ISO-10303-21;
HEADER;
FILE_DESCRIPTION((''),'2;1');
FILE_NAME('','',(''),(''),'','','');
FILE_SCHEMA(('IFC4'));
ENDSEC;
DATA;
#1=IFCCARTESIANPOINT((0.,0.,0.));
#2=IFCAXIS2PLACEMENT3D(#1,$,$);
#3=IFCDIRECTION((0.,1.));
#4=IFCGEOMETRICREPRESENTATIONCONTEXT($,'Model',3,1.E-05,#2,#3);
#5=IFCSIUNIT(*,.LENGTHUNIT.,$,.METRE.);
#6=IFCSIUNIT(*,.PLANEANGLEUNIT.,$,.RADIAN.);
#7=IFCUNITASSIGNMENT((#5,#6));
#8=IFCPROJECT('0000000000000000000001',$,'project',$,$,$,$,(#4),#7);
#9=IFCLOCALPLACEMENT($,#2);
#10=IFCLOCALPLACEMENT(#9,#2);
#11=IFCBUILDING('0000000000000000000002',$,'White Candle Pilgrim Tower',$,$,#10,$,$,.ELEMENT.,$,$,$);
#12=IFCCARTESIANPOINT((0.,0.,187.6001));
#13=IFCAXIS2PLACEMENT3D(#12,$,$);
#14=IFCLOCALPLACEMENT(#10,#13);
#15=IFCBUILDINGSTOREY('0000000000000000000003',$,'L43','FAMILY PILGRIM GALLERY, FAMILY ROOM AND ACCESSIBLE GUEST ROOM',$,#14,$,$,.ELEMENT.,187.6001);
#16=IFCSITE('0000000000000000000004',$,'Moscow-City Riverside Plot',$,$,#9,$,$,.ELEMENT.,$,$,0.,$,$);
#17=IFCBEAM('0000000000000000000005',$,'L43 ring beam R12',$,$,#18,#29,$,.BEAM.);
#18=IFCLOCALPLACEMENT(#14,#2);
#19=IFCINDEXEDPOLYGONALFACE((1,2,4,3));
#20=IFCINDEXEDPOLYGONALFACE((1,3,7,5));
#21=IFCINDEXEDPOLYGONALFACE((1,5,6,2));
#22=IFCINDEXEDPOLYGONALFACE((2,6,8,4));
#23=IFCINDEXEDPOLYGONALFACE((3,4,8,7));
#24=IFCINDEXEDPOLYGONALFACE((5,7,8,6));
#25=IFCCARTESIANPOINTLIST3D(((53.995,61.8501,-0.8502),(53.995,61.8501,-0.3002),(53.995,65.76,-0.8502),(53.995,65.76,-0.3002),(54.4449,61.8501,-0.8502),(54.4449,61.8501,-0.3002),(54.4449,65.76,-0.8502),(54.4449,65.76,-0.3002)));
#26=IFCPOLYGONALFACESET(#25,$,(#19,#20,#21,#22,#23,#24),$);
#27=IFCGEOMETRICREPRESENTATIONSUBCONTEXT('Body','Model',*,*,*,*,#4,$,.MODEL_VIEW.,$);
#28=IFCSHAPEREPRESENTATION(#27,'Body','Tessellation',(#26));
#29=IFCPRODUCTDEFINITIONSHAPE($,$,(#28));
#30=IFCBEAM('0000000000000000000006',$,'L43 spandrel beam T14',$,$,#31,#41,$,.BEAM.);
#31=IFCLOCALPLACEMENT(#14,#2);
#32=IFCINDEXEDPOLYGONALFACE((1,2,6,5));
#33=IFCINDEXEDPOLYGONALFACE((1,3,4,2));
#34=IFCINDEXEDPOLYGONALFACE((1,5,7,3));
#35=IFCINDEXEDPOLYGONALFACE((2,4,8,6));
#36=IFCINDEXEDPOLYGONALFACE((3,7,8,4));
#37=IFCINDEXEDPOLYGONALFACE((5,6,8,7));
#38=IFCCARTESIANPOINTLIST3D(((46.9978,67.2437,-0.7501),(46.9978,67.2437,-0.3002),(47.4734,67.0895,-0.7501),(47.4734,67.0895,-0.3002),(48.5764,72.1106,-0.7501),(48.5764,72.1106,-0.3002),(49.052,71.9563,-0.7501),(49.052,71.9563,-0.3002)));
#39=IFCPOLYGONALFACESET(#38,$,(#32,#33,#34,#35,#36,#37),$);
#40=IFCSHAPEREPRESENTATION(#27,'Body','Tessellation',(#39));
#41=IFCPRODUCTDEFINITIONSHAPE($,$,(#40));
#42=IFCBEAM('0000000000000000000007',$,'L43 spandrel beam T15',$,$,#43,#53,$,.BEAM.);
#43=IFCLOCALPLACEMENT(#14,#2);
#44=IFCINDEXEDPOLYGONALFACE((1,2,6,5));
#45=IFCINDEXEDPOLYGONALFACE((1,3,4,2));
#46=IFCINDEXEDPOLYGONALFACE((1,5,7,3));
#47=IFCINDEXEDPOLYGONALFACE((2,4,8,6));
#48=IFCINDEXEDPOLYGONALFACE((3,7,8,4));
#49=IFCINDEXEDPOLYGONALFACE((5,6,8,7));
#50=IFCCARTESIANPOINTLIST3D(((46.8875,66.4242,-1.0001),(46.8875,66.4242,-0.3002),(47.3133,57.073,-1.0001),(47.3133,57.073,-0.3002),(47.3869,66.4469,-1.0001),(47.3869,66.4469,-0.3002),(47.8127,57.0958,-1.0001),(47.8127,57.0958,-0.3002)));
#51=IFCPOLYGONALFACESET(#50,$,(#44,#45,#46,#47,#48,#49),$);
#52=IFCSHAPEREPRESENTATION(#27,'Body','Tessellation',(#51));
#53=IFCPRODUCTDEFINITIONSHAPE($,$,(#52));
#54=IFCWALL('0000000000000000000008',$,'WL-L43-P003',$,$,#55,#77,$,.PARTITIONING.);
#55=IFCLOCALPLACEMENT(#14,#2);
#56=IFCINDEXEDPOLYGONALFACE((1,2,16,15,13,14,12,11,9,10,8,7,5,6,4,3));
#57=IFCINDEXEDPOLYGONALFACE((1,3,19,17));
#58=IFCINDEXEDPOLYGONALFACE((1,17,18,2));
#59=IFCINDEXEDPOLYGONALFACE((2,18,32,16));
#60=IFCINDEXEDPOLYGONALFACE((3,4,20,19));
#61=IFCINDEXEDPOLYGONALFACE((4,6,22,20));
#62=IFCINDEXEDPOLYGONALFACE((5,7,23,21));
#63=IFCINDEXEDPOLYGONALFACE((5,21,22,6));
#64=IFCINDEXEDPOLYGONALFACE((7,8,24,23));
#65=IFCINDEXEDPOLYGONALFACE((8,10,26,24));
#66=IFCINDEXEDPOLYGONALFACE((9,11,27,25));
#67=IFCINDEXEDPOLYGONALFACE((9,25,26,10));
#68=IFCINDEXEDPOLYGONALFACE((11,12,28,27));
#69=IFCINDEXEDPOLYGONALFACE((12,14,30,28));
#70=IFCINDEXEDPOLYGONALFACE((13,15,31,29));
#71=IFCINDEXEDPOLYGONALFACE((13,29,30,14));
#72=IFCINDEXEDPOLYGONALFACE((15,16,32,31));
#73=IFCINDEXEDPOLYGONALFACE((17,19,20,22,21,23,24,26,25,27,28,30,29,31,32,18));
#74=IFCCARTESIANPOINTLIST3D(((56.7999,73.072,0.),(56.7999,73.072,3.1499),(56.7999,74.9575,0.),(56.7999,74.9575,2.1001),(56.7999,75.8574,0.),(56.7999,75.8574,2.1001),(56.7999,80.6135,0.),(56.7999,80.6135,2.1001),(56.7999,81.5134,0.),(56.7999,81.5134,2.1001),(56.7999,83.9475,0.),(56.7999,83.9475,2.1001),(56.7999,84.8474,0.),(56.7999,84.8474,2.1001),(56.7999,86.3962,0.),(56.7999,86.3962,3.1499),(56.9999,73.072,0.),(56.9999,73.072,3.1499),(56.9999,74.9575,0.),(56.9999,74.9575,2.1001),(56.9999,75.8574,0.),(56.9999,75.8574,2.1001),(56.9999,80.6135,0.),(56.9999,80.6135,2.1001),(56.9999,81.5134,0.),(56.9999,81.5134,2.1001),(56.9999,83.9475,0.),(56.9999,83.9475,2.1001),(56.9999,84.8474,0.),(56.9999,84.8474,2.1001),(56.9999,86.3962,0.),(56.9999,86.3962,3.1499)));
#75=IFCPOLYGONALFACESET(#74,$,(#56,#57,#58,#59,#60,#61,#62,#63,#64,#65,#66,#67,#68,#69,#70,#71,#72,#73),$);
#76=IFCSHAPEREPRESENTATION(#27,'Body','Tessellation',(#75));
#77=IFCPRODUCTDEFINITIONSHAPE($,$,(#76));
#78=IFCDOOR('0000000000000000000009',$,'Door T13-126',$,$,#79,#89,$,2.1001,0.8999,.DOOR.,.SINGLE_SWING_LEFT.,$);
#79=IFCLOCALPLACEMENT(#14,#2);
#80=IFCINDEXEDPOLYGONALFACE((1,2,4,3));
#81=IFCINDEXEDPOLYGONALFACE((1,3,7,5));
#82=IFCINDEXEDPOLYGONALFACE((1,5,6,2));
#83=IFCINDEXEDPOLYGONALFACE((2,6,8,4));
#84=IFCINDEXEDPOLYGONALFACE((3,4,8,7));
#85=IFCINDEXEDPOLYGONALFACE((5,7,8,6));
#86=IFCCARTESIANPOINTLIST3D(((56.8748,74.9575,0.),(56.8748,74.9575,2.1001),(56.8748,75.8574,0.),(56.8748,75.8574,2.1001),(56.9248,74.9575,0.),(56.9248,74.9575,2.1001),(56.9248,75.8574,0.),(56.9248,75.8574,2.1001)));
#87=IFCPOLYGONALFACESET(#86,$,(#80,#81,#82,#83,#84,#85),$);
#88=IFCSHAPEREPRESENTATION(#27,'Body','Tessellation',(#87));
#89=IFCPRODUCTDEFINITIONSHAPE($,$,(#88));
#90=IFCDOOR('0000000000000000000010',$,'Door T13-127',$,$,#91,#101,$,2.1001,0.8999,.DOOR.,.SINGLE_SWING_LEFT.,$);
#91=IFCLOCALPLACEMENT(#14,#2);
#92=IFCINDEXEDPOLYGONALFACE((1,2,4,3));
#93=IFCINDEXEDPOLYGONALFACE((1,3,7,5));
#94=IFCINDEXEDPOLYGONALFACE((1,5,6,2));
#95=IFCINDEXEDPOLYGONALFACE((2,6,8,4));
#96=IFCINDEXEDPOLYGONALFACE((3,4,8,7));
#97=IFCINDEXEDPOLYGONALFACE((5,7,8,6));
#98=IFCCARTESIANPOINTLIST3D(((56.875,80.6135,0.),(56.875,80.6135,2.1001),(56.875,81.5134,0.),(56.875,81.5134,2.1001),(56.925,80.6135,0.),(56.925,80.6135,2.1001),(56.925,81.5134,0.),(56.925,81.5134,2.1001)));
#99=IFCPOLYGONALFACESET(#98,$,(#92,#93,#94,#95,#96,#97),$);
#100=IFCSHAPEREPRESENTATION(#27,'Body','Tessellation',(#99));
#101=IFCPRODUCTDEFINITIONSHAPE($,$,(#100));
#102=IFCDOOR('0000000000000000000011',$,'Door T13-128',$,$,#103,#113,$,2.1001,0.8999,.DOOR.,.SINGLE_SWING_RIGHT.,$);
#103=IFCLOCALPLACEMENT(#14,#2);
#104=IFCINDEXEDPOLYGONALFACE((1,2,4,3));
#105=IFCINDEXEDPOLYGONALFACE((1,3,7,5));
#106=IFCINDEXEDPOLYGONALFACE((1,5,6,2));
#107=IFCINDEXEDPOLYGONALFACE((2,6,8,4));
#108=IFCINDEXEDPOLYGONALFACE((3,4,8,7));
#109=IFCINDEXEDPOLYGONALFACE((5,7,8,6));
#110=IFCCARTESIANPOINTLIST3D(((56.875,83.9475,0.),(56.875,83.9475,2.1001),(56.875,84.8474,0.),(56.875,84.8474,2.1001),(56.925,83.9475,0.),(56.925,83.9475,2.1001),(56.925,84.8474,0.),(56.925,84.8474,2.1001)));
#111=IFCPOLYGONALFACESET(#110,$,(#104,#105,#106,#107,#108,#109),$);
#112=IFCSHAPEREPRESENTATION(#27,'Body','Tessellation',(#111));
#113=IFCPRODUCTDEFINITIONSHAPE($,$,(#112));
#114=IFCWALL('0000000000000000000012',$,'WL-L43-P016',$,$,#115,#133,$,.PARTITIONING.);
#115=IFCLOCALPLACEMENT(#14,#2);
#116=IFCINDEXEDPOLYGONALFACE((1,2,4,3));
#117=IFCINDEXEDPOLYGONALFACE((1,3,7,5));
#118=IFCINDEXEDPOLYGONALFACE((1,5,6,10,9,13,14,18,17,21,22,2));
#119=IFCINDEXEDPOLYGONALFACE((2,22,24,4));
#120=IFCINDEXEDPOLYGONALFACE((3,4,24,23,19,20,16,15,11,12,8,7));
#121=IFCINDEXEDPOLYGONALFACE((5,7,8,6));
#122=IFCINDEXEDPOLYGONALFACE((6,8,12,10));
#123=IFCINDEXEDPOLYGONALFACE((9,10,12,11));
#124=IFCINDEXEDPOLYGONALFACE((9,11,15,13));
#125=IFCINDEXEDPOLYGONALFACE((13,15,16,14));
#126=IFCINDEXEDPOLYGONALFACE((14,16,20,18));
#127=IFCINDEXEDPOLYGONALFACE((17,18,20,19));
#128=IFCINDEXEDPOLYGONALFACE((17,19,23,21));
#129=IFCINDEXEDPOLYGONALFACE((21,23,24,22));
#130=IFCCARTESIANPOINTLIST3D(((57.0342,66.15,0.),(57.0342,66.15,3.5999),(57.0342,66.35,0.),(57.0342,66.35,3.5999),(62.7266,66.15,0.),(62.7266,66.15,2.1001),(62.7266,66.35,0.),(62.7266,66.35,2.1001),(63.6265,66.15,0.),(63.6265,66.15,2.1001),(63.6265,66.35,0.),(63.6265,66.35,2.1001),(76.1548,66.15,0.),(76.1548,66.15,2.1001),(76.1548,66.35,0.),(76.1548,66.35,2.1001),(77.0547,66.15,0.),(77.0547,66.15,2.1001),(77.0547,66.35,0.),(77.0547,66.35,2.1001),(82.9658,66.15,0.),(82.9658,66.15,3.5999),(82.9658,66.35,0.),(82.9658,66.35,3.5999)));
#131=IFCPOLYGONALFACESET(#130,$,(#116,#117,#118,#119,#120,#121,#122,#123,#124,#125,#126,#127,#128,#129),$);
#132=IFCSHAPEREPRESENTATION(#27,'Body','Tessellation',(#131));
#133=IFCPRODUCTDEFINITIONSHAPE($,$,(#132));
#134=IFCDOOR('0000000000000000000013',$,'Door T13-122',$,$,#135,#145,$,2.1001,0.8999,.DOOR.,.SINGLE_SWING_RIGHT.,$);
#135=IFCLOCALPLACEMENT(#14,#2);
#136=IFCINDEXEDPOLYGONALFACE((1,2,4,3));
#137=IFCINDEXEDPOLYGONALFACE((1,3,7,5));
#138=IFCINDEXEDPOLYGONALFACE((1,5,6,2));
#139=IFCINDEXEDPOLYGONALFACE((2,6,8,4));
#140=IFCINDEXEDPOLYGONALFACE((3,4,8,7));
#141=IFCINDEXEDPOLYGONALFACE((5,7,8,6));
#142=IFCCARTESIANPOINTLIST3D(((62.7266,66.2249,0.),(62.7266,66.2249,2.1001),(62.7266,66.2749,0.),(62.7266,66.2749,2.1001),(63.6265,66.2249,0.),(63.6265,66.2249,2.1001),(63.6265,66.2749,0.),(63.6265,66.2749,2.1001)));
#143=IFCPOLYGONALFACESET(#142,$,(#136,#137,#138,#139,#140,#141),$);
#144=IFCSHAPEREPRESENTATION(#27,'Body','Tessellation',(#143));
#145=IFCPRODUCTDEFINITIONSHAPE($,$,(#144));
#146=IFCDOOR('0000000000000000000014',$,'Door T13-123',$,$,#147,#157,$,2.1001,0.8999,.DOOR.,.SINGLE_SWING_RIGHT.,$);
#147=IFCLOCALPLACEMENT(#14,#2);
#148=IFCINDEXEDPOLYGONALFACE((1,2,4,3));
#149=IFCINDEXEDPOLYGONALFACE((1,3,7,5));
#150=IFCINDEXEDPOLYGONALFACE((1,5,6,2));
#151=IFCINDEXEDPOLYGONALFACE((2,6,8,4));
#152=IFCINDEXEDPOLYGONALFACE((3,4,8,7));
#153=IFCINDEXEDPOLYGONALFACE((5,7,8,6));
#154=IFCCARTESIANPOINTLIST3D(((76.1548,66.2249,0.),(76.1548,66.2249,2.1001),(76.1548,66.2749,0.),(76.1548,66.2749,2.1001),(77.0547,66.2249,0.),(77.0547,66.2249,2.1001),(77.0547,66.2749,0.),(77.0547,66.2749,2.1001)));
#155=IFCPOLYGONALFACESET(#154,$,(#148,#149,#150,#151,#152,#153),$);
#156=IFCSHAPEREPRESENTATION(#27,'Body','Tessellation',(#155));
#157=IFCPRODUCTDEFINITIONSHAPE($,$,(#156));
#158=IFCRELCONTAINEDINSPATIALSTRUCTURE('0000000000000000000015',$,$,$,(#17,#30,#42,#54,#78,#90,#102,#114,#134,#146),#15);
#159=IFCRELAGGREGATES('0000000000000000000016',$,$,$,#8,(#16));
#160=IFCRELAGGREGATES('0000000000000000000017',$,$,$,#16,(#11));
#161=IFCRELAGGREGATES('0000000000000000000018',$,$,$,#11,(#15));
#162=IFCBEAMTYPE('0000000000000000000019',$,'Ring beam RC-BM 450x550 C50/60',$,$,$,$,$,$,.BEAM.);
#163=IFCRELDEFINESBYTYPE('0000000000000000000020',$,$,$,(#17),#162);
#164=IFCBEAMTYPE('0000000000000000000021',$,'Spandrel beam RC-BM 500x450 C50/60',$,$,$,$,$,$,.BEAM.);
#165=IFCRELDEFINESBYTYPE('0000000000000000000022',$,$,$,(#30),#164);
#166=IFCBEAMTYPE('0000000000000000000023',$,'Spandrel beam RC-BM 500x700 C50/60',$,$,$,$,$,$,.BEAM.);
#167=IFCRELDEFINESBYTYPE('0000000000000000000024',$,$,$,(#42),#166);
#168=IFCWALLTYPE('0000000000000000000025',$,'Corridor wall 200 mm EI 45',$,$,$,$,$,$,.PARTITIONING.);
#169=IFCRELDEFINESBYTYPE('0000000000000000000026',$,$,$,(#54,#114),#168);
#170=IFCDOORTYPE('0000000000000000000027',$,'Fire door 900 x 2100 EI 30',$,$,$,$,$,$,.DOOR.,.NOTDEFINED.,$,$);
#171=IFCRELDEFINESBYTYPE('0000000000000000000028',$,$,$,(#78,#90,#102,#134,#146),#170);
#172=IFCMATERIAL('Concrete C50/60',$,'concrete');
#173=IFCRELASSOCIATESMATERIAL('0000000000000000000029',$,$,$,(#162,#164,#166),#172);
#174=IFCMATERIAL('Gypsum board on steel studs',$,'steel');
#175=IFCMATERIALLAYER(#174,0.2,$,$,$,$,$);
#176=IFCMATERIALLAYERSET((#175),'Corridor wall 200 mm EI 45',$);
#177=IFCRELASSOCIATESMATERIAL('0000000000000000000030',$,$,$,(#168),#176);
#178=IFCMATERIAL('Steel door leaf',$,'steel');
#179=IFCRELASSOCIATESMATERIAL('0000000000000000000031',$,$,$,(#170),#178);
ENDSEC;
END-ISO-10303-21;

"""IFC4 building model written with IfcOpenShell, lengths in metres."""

from ifc_helpers import new_model, si_unit, direction, frame, frame_2d, origin, origin_2d, place, context, subcontext, project, spatial, rectangle, extrude, material, layer, layer_set, material_profile, profile_set, type_object, element, fill, save


model = new_model("IFC4")

# Units and contexts
model_context = context("Model", 3, precision=1e-05, world=origin(), true_north=direction((0.0, 1.0)))
body_context = subcontext(model_context, "Body", "Model", "MODEL_VIEW")
ifc_project = project(units=[si_unit("LENGTHUNIT", "METRE"), si_unit("PLANEANGLEUNIT", "RADIAN")], contexts=[model_context])

# Site, building, storey
site_placement = place(None, origin())
site = spatial("IfcSite", under=ifc_project, at=site_placement, Name="Moscow-City Riverside Plot", CompositionType="ELEMENT", RefElevation=0.0)
building_placement = place(site_placement, origin())
building = spatial("IfcBuilding", under=site, at=building_placement, Name="White Candle Pilgrim Tower", CompositionType="ELEMENT")
storey_placement = place(building_placement, frame((0.0, 0.0, 187.6001)))
storey = spatial("IfcBuildingStorey", under=building, at=storey_placement, Name="L43", Description="FAMILY PILGRIM GALLERY, FAMILY ROOM AND ACCESSIBLE GUEST ROOM", CompositionType="ELEMENT", Elevation=187.6001)

# Beams
ifc_material_1 = material(Name="Concrete C50/60", Category="concrete")
ifc_material_profile_1 = material_profile(ifc_material_1, rectangle(XDim=0.45, YDim=0.55, at=origin_2d()), Name="RC-BM 450x550")
ifc_profile_set_1 = profile_set([ifc_material_profile_1], Name="Concrete C50/60")
beam_type_1 = type_object("IfcBeamType", Name="Ring beam RC-BM 450x550 C50/60", PredefinedType="BEAM", material=ifc_profile_set_1)
beam_1_placement = place(storey_placement, frame((54.22, 65.76, -0.5752), z_axis=(0.0, -1.0, 0.0), x_axis=(1.0, 0.0, 0.0)))
element("IfcBeam", 1, at=beam_1_placement, inside=storey, type_object=beam_type_1, Name="L43 ring beam R12", PredefinedType="BEAM", context=body_context, shape_type="SweptSolid", body=[
    extrude(rectangle(XDim=0.45, YDim=0.55, at=origin_2d()), origin(), (0.0, 0.0, 1.0), 3.9099),
])
ifc_material_profile_2 = material_profile(ifc_material_1, rectangle(XDim=0.5, YDim=0.45, at=origin_2d()), Name="RC-BM 500x450")
ifc_profile_set_2 = profile_set([ifc_material_profile_2], Name="Concrete C50/60")
beam_type_2 = type_object("IfcBeamType", Name="Spandrel beam RC-BM 500x450 C50/60", PredefinedType="BEAM", material=ifc_profile_set_2)
beam_2_placement = place(storey_placement, frame((48.8142, 72.0334, -0.5251), z_axis=(-0.30853, -0.951214, 0.0), x_axis=(0.951214, -0.30853, 0.0)))
element("IfcBeam", 2, at=beam_2_placement, inside=storey, type_object=beam_type_2, Name="L43 spandrel beam T14", PredefinedType="BEAM", context=body_context, shape_type="SweptSolid", body=[
    extrude(rectangle(XDim=0.5, YDim=0.45, at=origin_2d()), origin(), (0.0, 0.0, 1.0), 5.1165),
])
ifc_material_profile_3 = material_profile(ifc_material_1, rectangle(XDim=0.5, YDim=0.7, at=origin_2d()), Name="RC-BM 500x700")
ifc_profile_set_3 = profile_set([ifc_material_profile_3], Name="Concrete C50/60")
beam_type_3 = type_object("IfcBeamType", Name="Spandrel beam RC-BM 500x700 C50/60", PredefinedType="BEAM", material=ifc_profile_set_3)
beam_3_placement = place(storey_placement, frame((47.1372, 66.4355, -0.6501), z_axis=(0.045486, -0.998965, 0.0), x_axis=(0.998965, 0.045486, 0.0)))
element("IfcBeam", 3, at=beam_3_placement, inside=storey, type_object=beam_type_3, Name="L43 spandrel beam T15", PredefinedType="BEAM", context=body_context, shape_type="SweptSolid", body=[
    extrude(rectangle(XDim=0.5, YDim=0.7, at=origin_2d()), origin(), (0.0, 0.0, 1.0), 9.3608),
])

# Walls, openings, doors
ifc_material_2 = material(Name="Gypsum board on steel studs", Category="steel")
ifc_layer_1 = layer(ifc_material_2, 0.2)
ifc_layer_set_1 = layer_set([ifc_layer_1], Name="Corridor wall 200 mm EI 45")
wall_type_1 = type_object("IfcWallType", Name="Corridor wall 200 mm EI 45", PredefinedType="PARTITIONING", material=ifc_layer_set_1)
wall_1_placement = place(storey_placement, frame((56.8999, 73.072, 0.0), z_axis=(0.0, 0.0, 1.0), x_axis=(0.0, 1.0, 0.0)))
wall_1 = element("IfcWall", 4, at=wall_1_placement, inside=storey, type_object=wall_type_1, Name="WL-L43-P003", PredefinedType="PARTITIONING", context=body_context, shape_type="SweptSolid", body=[
    extrude(rectangle(XDim=13.3242, YDim=0.2, at=frame_2d((6.6621, 0.0))), origin(), (0.0, 0.0, 1.0), 3.1499),
])
opening_1_placement = place(wall_1_placement, frame((1.8855, 0.0, 0.0)))
opening_1 = element("IfcOpeningElement", 5, at=opening_1_placement, cuts=wall_1, PredefinedType="OPENING", context=body_context, shape_type="SweptSolid", body=[
    extrude(rectangle(XDim=0.8999, YDim=2.1001, at=frame_2d((0.45, 1.05))), frame((0.0, 0.1099, 0.0), z_axis=(0.0, -1.0, 0.0), x_axis=(1.0, 0.0, 0.0)), (0.0, 0.0, 1.0), 0.22),
])
opening_2_placement = place(wall_1_placement, frame((7.5415, 0.0, 0.0)))
opening_2 = element("IfcOpeningElement", 6, at=opening_2_placement, cuts=wall_1, PredefinedType="OPENING", context=body_context, shape_type="SweptSolid", body=[
    extrude(rectangle(XDim=0.8999, YDim=2.1001, at=frame_2d((0.45, 1.05))), frame((0.0, 0.1099, 0.0), z_axis=(0.0, -1.0, 0.0), x_axis=(1.0, 0.0, 0.0)), (0.0, 0.0, 1.0), 0.22),
])
opening_3_placement = place(wall_1_placement, frame((10.8755, 0.0, 0.0)))
opening_3 = element("IfcOpeningElement", 7, at=opening_3_placement, cuts=wall_1, PredefinedType="OPENING", context=body_context, shape_type="SweptSolid", body=[
    extrude(rectangle(XDim=0.8999, YDim=2.1001, at=frame_2d((0.45, 1.05))), frame((0.0, 0.1099, 0.0), z_axis=(0.0, -1.0, 0.0), x_axis=(1.0, 0.0, 0.0)), (0.0, 0.0, 1.0), 0.22),
])
ifc_material_3 = material(Name="Steel door leaf", Category="steel")
door_type_1 = type_object("IfcDoorType", Name="Fire door 900 x 2100 EI 30", OperationType="NOTDEFINED", PredefinedType="DOOR", material=ifc_material_3)
door_1_placement = place(opening_1_placement, frame((0.8999, 0.0, 0.0), z_axis=(0.0, 0.0, 1.0), x_axis=(-1.0, 0.0, 0.0)))
door_1 = element("IfcDoor", 8, at=door_1_placement, inside=storey, type_object=door_type_1, Name="Door T13-126", OperationType="SINGLE_SWING_LEFT", OverallHeight=2.1001, OverallWidth=0.8999, PredefinedType="DOOR", context=body_context, shape_type="SweptSolid", body=[
    extrude(rectangle(XDim=0.8999, YDim=2.1001, at=frame_2d((0.45, 1.05))), frame((0.0, 0.0249, 0.0), z_axis=(0.0, -1.0, 0.0), x_axis=(1.0, 0.0, 0.0)), (0.0, 0.0, 1.0), 0.05),
])
fill(opening_1, door_1)
door_2_placement = place(opening_2_placement, origin())
door_2 = element("IfcDoor", 9, at=door_2_placement, inside=storey, type_object=door_type_1, Name="Door T13-127", OperationType="SINGLE_SWING_LEFT", OverallHeight=2.1001, OverallWidth=0.8999, PredefinedType="DOOR", context=body_context, shape_type="SweptSolid", body=[
    extrude(rectangle(XDim=0.8999, YDim=2.1001, at=frame_2d((0.45, 1.05))), frame((0.0, 0.0249, 0.0), z_axis=(0.0, -1.0, 0.0), x_axis=(1.0, 0.0, 0.0)), (0.0, 0.0, 1.0), 0.05),
])
fill(opening_2, door_2)
door_3_placement = place(opening_3_placement, origin())
door_3 = element("IfcDoor", 10, at=door_3_placement, inside=storey, type_object=door_type_1, Name="Door T13-128", OperationType="SINGLE_SWING_RIGHT", OverallHeight=2.1001, OverallWidth=0.8999, PredefinedType="DOOR", context=body_context, shape_type="SweptSolid", body=[
    extrude(rectangle(XDim=0.8999, YDim=2.1001, at=frame_2d((0.45, 1.05))), frame((0.0, 0.0249, 0.0), z_axis=(0.0, -1.0, 0.0), x_axis=(1.0, 0.0, 0.0)), (0.0, 0.0, 1.0), 0.05),
])
fill(opening_3, door_3)
wall_2_placement = place(storey_placement, frame((57.0342, 66.25, 0.0), z_axis=(0.0, 0.0, 1.0), x_axis=(1.0, 0.0, 0.0)))
wall_2 = element("IfcWall", 11, at=wall_2_placement, inside=storey, type_object=wall_type_1, Name="WL-L43-P016", PredefinedType="PARTITIONING", context=body_context, shape_type="SweptSolid", body=[
    extrude(rectangle(XDim=25.9316, YDim=0.2, at=frame_2d((12.9658, 0.0))), origin(), (0.0, 0.0, 1.0), 3.5999),
])
opening_4_placement = place(wall_2_placement, frame((5.6924, 0.0, 0.0)))
opening_4 = element("IfcOpeningElement", 12, at=opening_4_placement, cuts=wall_2, PredefinedType="OPENING", context=body_context, shape_type="SweptSolid", body=[
    extrude(rectangle(XDim=0.8999, YDim=2.1001, at=frame_2d((0.45, 1.05))), frame((0.0, 0.1099, 0.0), z_axis=(0.0, -1.0, 0.0), x_axis=(1.0, 0.0, 0.0)), (0.0, 0.0, 1.0), 0.22),
])
opening_5_placement = place(wall_2_placement, frame((19.1206, 0.0, 0.0)))
opening_5 = element("IfcOpeningElement", 13, at=opening_5_placement, cuts=wall_2, PredefinedType="OPENING", context=body_context, shape_type="SweptSolid", body=[
    extrude(rectangle(XDim=0.8999, YDim=2.1001, at=frame_2d((0.45, 1.05))), frame((0.0, 0.1099, 0.0), z_axis=(0.0, -1.0, 0.0), x_axis=(1.0, 0.0, 0.0)), (0.0, 0.0, 1.0), 0.22),
])
door_4_placement = place(opening_4_placement, origin())
door_4 = element("IfcDoor", 14, at=door_4_placement, inside=storey, type_object=door_type_1, Name="Door T13-122", OperationType="SINGLE_SWING_RIGHT", OverallHeight=2.1001, OverallWidth=0.8999, PredefinedType="DOOR", context=body_context, shape_type="SweptSolid", body=[
    extrude(rectangle(XDim=0.8999, YDim=2.1001, at=frame_2d((0.45, 1.05))), frame((0.0, 0.0249, 0.0), z_axis=(0.0, -1.0, 0.0), x_axis=(1.0, 0.0, 0.0)), (0.0, 0.0, 1.0), 0.05),
])
fill(opening_4, door_4)
door_5_placement = place(opening_5_placement, origin())
door_5 = element("IfcDoor", 15, at=door_5_placement, inside=storey, type_object=door_type_1, Name="Door T13-123", OperationType="SINGLE_SWING_RIGHT", OverallHeight=2.1001, OverallWidth=0.8999, PredefinedType="DOOR", context=body_context, shape_type="SweptSolid", body=[
    extrude(rectangle(XDim=0.8999, YDim=2.1001, at=frame_2d((0.45, 1.05))), frame((0.0, 0.0249, 0.0), z_axis=(0.0, -1.0, 0.0), x_axis=(1.0, 0.0, 0.0)), (0.0, 0.0, 1.0), 0.05),
])
fill(opening_5, door_5)

save(model, "model.ifc")
